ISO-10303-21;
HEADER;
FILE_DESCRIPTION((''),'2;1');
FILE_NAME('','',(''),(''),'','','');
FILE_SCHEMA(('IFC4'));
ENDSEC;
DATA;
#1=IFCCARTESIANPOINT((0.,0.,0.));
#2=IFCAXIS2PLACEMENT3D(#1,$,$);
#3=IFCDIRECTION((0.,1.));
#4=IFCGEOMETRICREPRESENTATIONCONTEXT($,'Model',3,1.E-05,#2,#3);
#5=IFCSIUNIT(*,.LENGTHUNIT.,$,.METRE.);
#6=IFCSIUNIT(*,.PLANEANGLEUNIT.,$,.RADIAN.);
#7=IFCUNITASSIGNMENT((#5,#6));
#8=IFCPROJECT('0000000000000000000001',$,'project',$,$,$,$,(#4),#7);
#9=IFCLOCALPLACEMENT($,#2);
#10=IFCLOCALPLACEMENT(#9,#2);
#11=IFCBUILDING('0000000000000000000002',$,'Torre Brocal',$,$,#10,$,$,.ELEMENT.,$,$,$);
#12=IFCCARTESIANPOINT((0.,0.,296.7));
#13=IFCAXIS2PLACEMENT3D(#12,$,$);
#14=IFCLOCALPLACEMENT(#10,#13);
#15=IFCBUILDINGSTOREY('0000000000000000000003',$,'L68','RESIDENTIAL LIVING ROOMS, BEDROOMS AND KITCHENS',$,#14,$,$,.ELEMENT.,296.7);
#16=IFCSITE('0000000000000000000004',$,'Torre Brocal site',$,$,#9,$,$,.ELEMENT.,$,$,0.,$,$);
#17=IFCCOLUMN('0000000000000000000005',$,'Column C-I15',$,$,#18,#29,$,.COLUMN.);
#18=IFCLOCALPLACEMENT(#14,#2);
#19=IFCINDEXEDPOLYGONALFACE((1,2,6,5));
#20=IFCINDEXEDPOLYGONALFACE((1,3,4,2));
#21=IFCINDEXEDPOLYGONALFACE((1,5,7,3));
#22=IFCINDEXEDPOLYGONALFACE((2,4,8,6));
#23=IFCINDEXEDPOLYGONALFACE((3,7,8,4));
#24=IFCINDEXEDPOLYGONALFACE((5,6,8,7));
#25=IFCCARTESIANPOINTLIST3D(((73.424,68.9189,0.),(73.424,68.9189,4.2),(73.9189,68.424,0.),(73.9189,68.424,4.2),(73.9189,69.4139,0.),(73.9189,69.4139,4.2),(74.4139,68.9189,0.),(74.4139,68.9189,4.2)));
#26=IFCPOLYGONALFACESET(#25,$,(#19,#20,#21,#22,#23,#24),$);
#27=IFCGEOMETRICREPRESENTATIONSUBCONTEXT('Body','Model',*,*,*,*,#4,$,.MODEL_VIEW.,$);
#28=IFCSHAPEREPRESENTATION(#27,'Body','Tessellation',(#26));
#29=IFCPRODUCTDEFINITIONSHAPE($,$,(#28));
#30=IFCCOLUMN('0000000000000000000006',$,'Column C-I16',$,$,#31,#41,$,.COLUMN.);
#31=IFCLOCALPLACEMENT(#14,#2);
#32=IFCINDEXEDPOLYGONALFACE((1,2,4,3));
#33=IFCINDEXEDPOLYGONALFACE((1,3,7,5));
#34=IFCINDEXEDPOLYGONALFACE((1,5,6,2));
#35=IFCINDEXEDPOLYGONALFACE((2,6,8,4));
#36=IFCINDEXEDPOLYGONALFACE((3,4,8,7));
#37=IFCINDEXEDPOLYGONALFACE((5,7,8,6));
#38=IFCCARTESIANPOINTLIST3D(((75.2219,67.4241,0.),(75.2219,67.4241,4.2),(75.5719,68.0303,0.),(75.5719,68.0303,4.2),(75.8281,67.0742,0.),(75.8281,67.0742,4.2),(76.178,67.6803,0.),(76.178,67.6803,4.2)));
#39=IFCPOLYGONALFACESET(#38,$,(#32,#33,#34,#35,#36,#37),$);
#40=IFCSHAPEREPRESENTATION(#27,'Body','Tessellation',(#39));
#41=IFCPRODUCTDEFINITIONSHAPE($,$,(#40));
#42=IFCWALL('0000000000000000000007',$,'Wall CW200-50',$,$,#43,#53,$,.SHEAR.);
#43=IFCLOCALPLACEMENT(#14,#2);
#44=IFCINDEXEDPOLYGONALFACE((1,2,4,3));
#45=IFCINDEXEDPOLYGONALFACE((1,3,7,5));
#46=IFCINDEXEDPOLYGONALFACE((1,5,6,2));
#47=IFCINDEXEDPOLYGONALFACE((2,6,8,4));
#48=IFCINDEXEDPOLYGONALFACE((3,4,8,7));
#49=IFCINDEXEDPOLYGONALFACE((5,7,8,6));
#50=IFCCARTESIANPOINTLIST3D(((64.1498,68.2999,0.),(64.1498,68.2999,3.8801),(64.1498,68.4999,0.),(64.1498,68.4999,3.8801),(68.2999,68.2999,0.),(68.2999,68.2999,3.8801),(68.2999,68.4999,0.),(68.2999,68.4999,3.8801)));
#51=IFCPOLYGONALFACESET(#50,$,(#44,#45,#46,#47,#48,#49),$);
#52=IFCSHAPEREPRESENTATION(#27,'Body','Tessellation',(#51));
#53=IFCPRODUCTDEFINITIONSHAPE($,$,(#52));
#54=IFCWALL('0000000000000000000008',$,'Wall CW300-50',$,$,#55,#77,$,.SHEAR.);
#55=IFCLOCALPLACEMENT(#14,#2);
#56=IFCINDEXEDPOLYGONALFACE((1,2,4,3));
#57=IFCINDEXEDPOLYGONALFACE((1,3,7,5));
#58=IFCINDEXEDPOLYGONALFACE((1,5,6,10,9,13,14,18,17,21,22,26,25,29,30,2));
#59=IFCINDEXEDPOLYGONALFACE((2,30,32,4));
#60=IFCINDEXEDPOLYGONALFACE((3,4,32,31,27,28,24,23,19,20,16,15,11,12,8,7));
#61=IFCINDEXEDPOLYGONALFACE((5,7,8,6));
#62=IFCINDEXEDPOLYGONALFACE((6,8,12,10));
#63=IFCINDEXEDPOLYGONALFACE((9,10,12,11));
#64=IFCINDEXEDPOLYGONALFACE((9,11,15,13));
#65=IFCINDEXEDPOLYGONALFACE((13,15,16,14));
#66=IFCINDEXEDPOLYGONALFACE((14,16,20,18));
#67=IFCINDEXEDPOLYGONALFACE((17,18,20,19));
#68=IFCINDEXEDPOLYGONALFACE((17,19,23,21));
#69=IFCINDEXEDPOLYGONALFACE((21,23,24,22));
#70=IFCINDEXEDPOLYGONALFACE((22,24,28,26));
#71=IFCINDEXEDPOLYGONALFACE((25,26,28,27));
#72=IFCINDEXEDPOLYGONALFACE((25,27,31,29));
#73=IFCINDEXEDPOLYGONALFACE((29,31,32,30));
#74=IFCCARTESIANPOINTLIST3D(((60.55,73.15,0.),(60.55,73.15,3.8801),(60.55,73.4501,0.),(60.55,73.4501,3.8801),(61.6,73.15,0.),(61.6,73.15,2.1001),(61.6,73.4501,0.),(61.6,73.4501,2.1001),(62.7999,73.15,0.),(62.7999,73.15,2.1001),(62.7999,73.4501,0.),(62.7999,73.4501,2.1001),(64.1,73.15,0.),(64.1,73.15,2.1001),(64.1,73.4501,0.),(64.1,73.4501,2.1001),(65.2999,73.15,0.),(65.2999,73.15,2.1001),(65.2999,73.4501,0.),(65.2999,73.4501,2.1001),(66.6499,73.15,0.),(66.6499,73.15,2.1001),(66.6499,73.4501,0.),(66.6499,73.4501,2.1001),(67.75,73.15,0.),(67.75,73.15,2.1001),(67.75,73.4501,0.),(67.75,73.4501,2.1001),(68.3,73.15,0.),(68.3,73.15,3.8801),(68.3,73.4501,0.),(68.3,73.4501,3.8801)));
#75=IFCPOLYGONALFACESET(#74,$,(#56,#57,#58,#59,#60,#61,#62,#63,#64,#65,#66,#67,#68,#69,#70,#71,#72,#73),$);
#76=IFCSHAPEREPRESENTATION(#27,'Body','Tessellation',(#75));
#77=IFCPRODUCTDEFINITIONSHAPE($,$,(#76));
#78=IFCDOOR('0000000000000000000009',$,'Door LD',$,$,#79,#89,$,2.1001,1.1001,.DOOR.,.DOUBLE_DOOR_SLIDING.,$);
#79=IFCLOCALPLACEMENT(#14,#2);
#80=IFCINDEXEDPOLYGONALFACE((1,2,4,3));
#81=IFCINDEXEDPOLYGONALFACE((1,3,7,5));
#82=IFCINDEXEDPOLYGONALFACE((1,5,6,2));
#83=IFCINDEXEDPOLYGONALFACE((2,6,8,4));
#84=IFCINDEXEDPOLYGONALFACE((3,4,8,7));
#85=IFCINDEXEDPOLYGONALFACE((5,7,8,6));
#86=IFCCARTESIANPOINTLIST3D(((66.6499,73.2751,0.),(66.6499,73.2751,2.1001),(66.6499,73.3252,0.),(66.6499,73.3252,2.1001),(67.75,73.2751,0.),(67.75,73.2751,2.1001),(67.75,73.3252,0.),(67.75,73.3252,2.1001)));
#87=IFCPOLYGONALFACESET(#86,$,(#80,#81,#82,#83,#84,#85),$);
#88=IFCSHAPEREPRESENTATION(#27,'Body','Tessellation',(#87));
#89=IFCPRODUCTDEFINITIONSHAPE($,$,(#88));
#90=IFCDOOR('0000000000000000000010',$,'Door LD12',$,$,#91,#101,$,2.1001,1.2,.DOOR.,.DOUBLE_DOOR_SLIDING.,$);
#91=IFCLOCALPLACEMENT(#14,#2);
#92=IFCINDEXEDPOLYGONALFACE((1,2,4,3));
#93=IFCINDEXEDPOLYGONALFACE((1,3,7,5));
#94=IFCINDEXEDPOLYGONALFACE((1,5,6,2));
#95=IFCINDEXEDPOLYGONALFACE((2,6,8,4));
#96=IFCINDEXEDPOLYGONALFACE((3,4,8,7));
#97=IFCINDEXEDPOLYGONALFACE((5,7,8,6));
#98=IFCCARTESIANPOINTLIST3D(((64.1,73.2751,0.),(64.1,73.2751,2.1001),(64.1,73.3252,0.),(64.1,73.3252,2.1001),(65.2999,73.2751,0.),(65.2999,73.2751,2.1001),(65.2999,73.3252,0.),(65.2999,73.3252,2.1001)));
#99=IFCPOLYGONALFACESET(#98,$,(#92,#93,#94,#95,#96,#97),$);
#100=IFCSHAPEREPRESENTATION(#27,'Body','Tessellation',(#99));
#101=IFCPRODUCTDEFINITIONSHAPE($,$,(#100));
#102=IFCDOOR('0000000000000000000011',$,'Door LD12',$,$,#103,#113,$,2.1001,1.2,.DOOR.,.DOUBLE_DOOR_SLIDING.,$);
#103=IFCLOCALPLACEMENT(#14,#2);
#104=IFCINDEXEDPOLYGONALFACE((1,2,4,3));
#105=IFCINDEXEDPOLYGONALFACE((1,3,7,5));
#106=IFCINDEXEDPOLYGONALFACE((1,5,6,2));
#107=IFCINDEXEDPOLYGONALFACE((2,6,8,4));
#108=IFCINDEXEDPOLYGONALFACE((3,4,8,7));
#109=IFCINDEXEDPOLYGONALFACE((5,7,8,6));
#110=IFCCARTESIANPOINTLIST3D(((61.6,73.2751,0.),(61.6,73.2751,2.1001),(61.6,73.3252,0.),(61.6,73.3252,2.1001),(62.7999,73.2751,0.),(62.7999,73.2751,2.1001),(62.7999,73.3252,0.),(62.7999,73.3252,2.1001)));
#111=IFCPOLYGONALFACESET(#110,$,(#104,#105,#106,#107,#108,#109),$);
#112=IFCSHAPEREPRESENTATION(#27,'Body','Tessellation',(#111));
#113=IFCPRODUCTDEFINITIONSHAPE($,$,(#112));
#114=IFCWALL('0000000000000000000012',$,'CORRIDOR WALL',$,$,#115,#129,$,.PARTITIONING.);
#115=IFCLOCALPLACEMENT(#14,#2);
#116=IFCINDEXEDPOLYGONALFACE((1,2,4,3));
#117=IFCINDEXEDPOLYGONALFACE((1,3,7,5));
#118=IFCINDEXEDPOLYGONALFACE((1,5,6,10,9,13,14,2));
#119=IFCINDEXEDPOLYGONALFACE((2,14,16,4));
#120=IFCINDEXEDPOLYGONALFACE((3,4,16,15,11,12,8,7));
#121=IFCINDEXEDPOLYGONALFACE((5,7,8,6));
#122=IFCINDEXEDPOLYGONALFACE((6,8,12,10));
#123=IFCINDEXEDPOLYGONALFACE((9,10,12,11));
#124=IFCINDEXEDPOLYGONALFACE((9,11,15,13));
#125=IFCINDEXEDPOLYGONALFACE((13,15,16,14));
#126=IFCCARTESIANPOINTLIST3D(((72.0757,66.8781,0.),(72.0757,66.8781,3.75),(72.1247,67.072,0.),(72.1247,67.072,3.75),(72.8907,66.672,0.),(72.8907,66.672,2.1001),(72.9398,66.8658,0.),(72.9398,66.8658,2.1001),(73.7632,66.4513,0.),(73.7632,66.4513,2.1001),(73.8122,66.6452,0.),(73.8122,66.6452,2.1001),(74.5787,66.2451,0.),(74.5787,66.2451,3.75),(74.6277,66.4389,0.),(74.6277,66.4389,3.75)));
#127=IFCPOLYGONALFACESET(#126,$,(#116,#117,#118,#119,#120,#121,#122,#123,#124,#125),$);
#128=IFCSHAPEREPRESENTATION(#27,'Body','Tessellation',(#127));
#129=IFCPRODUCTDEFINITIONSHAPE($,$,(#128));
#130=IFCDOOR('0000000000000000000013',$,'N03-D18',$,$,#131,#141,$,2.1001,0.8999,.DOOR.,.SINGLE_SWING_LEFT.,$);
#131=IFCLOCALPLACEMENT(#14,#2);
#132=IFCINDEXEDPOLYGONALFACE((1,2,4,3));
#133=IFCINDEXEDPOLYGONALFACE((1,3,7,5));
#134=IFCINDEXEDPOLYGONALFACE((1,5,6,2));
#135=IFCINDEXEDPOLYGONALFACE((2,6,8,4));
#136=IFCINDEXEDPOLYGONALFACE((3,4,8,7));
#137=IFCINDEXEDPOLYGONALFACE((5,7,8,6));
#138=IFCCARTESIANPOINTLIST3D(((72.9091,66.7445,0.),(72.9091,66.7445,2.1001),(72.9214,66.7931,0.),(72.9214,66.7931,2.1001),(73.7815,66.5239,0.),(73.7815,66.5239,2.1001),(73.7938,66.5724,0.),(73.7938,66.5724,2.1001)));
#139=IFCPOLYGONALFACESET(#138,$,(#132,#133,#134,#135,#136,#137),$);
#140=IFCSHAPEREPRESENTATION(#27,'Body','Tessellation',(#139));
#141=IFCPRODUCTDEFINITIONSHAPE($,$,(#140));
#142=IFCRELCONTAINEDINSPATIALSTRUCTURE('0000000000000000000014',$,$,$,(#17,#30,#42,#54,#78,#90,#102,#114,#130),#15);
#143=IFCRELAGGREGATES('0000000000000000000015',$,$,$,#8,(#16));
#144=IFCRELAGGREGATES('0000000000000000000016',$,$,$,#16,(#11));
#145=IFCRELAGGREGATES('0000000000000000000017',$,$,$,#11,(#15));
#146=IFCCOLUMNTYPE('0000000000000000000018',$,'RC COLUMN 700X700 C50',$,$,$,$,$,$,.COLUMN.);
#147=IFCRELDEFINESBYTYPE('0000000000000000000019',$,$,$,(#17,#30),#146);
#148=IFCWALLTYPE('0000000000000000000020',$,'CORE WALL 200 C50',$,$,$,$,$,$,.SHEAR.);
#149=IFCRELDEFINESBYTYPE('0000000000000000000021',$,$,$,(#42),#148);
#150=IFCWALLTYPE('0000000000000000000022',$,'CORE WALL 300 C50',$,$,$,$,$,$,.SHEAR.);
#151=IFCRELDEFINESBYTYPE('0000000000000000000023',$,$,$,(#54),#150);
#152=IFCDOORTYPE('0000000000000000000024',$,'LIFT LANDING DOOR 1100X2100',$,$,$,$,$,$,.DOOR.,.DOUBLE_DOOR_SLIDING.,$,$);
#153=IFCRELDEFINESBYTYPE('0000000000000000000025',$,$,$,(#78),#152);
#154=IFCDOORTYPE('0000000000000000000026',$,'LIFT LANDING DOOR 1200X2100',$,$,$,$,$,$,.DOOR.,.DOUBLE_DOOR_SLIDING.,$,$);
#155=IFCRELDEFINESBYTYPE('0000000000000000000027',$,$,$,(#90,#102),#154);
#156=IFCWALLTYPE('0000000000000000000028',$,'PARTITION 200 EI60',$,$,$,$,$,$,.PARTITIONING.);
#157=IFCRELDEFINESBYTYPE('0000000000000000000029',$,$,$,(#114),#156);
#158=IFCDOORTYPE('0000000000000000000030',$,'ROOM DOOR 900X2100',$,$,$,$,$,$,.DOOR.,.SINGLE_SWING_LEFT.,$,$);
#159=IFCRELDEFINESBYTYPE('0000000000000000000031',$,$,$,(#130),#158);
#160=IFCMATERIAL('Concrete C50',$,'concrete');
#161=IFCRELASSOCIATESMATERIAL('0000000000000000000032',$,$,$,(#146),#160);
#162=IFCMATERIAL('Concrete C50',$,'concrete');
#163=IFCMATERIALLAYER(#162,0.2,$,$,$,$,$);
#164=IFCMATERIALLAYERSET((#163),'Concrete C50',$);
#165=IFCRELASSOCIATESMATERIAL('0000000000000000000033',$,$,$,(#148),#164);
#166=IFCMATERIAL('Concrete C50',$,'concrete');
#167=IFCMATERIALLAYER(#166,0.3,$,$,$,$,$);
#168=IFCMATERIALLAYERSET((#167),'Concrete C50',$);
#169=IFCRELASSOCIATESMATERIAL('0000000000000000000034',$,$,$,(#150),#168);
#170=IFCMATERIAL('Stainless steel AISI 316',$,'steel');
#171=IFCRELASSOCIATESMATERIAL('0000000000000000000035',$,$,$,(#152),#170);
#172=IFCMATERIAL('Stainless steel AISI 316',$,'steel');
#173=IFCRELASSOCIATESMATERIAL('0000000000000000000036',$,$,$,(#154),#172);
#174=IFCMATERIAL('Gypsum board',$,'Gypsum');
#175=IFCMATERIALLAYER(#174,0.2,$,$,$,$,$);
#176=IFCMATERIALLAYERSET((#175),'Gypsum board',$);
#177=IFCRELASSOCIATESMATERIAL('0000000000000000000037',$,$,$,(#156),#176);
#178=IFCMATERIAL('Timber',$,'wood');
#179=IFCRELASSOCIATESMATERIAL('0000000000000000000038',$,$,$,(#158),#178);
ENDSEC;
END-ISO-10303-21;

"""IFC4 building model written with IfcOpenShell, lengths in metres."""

from ifc_helpers import new_model, si_unit, direction, frame, frame_2d, origin, origin_2d, place, context, subcontext, project, spatial, rectangle, extrude, material, layer, layer_set, material_profile, profile_set, type_object, element, fill, save


model = new_model("IFC4")

# Units and contexts
model_context = context("Model", 3, precision=1e-05, world=origin(), true_north=direction((0.0, 1.0)))
body_context = subcontext(model_context, "Body", "Model", "MODEL_VIEW")
ifc_project = project(units=[si_unit("LENGTHUNIT", "METRE"), si_unit("PLANEANGLEUNIT", "RADIAN")], contexts=[model_context])

# Site, building, storey
site_placement = place(None, origin())
site = spatial("IfcSite", under=ifc_project, at=site_placement, Name="Torre Brocal site", CompositionType="ELEMENT", RefElevation=0.0)
building_placement = place(site_placement, origin())
building = spatial("IfcBuilding", under=site, at=building_placement, Name="Torre Brocal", CompositionType="ELEMENT")
storey_placement = place(building_placement, frame((0.0, 0.0, 296.7)))
storey = spatial("IfcBuildingStorey", under=building, at=storey_placement, Name="L68", Description="RESIDENTIAL LIVING ROOMS, BEDROOMS AND KITCHENS", CompositionType="ELEMENT", Elevation=296.7)

# Columns
ifc_material_1 = material(Name="Concrete C50", Category="concrete")
ifc_material_profile = material_profile(ifc_material_1, rectangle(XDim=0.7, YDim=0.7, at=origin_2d()), Name="RC 700X700")
ifc_profile_set = profile_set([ifc_material_profile], Name="Concrete C50")
column_type = type_object("IfcColumnType", Name="RC COLUMN 700X700 C50", PredefinedType="COLUMN", material=ifc_profile_set)
for number, where, z_axis, x_axis, name in (
    (1, (73.9189, 68.9189, 0.0), (0.0, 0.0, 1.0), (-0.707107, -0.707107, 0.0), "Column C-I15"),
    (2, (75.7, 67.5522, 0.0), (0.0, 0.0, 1.0), (-0.5, -0.866025, 0.0), "Column C-I16"),
):
    element("IfcColumn", number, at=place(storey_placement, frame(where, z_axis=z_axis, x_axis=x_axis)), inside=storey, type_object=column_type, Name=name, PredefinedType="COLUMN", context=body_context, shape_type="SweptSolid", body=[
        extrude(rectangle(XDim=0.7, YDim=0.7, at=origin_2d()), origin(), (0.0, 0.0, 1.0), 4.2),
    ])

# Wall
ifc_material_2 = material(Name="Concrete C50", Category="concrete")
ifc_layer_1 = layer(ifc_material_2, 0.2)
ifc_layer_set_1 = layer_set([ifc_layer_1], Name="Concrete C50")
wall_type_1 = type_object("IfcWallType", Name="CORE WALL 200 C50", PredefinedType="SHEAR", material=ifc_layer_set_1)
wall_1_placement = place(storey_placement, frame((68.3, 68.3999, 0.0), z_axis=(0.0, 0.0, 1.0), x_axis=(-1.0, 0.0, 0.0)))
element("IfcWall", 3, at=wall_1_placement, inside=storey, type_object=wall_type_1, Name="Wall CW200-50", PredefinedType="SHEAR", context=body_context, shape_type="SweptSolid", body=[
    extrude(rectangle(XDim=4.1501, YDim=0.2, at=frame_2d((2.0752, 0.0))), origin(), (0.0, 0.0, 1.0), 3.8801),
])

# Wall, openings, doors
ifc_material_3 = material(Name="Concrete C50", Category="concrete")
ifc_layer_2 = layer(ifc_material_3, 0.3)
ifc_layer_set_2 = layer_set([ifc_layer_2], Name="Concrete C50")
wall_type_2 = type_object("IfcWallType", Name="CORE WALL 300 C50", PredefinedType="SHEAR", material=ifc_layer_set_2)
wall_2_placement = place(storey_placement, frame((68.3, 73.3, 0.0), z_axis=(0.0, 0.0, 1.0), x_axis=(-1.0, 0.0, 0.0)))
wall_2 = element("IfcWall", 4, at=wall_2_placement, inside=storey, type_object=wall_type_2, Name="Wall CW300-50", PredefinedType="SHEAR", context=body_context, shape_type="SweptSolid", body=[
    extrude(rectangle(XDim=7.75, YDim=0.3, at=frame_2d((3.875, 0.0))), origin(), (0.0, 0.0, 1.0), 3.8801),
])
opening_1_placement = place(wall_2_placement, frame((0.55, 0.0, 0.0)))
opening_1 = element("IfcOpeningElement", 5, at=opening_1_placement, cuts=wall_2, PredefinedType="OPENING", context=body_context, shape_type="SweptSolid", body=[
    extrude(rectangle(XDim=1.1001, YDim=2.1001, at=frame_2d((0.55, 1.05))), frame((0.0, 0.1599, 0.0), z_axis=(0.0, -1.0, 0.0), x_axis=(1.0, 0.0, 0.0)), (0.0, 0.0, 1.0), 0.3201),
])
opening_2_placement = place(wall_2_placement, frame((3.0, 0.0, 0.0)))
opening_2 = element("IfcOpeningElement", 6, at=opening_2_placement, cuts=wall_2, PredefinedType="OPENING", context=body_context, shape_type="SweptSolid", body=[
    extrude(rectangle(XDim=1.2, YDim=2.1001, at=frame_2d((0.6001, 1.05))), frame((0.0, 0.1599, 0.0), z_axis=(0.0, -1.0, 0.0), x_axis=(1.0, 0.0, 0.0)), (0.0, 0.0, 1.0), 0.3201),
])
opening_3_placement = place(wall_2_placement, frame((5.5, 0.0, 0.0)))
opening_3 = element("IfcOpeningElement", 7, at=opening_3_placement, cuts=wall_2, PredefinedType="OPENING", context=body_context, shape_type="SweptSolid", body=[
    extrude(rectangle(XDim=1.2, YDim=2.1001, at=frame_2d((0.6001, 1.05))), frame((0.0, 0.1599, 0.0), z_axis=(0.0, -1.0, 0.0), x_axis=(1.0, 0.0, 0.0)), (0.0, 0.0, 1.0), 0.3201),
])
ifc_material_4 = material(Name="Stainless steel AISI 316", Category="steel")
door_type_1 = type_object("IfcDoorType", Name="LIFT LANDING DOOR 1100X2100", OperationType="DOUBLE_DOOR_SLIDING", PredefinedType="DOOR", material=ifc_material_4)
door_1_placement = place(opening_1_placement, origin())
door_1 = element("IfcDoor", 8, at=door_1_placement, inside=storey, type_object=door_type_1, Name="Door LD", OperationType="DOUBLE_DOOR_SLIDING", OverallHeight=2.1001, OverallWidth=1.1001, PredefinedType="DOOR", context=body_context, shape_type="SweptSolid", body=[
    extrude(rectangle(XDim=1.1001, YDim=2.1001, at=frame_2d((0.55, 1.05))), frame((0.0, 0.0249, 0.0), z_axis=(0.0, -1.0, 0.0), x_axis=(1.0, 0.0, 0.0)), (0.0, 0.0, 1.0), 0.05),
])
fill(opening_1, door_1)
ifc_material_5 = material(Name="Stainless steel AISI 316", Category="steel")
door_type_2 = type_object("IfcDoorType", Name="LIFT LANDING DOOR 1200X2100", OperationType="DOUBLE_DOOR_SLIDING", PredefinedType="DOOR", material=ifc_material_5)
door_2_placement = place(opening_2_placement, origin())
door_2 = element("IfcDoor", 9, at=door_2_placement, inside=storey, type_object=door_type_2, Name="Door LD12", OperationType="DOUBLE_DOOR_SLIDING", OverallHeight=2.1001, OverallWidth=1.2, PredefinedType="DOOR", context=body_context, shape_type="SweptSolid", body=[
    extrude(rectangle(XDim=1.2, YDim=2.1001, at=frame_2d((0.6001, 1.05))), frame((0.0, 0.0249, 0.0), z_axis=(0.0, -1.0, 0.0), x_axis=(1.0, 0.0, 0.0)), (0.0, 0.0, 1.0), 0.05),
])
fill(opening_2, door_2)
door_3_placement = place(opening_3_placement, origin())
door_3 = element("IfcDoor", 10, at=door_3_placement, inside=storey, type_object=door_type_2, Name="Door LD12", OperationType="DOUBLE_DOOR_SLIDING", OverallHeight=2.1001, OverallWidth=1.2, PredefinedType="DOOR", context=body_context, shape_type="SweptSolid", body=[
    extrude(rectangle(XDim=1.2, YDim=2.1001, at=frame_2d((0.6001, 1.05))), frame((0.0, 0.0249, 0.0), z_axis=(0.0, -1.0, 0.0), x_axis=(1.0, 0.0, 0.0)), (0.0, 0.0, 1.0), 0.05),
])
fill(opening_3, door_3)

# Wall, opening, door
ifc_material_6 = material(Name="Gypsum board", Category="Gypsum")
ifc_layer_3 = layer(ifc_material_6, 0.2)
ifc_layer_set_3 = layer_set([ifc_layer_3], Name="Gypsum board")
wall_type_3 = type_object("IfcWallType", Name="PARTITION 200 EI60", PredefinedType="PARTITIONING", material=ifc_layer_set_3)
wall_3_placement = place(storey_placement, frame((72.1001, 66.9751, 0.0), z_axis=(0.0, 0.0, 1.0), x_axis=(0.969471, -0.245205, 0.0)))
wall_3 = element("IfcWall", 11, at=wall_3_placement, inside=storey, type_object=wall_type_3, Name="CORRIDOR WALL", PredefinedType="PARTITIONING", context=body_context, shape_type="SweptSolid", body=[
    extrude(rectangle(XDim=2.5818, YDim=0.2, at=frame_2d((1.291, 0.0))), origin(), (0.0, 0.0, 1.0), 3.75),
])
opening_4_placement = place(wall_3_placement, frame((0.8408, 0.0, 0.0)))
opening_4 = element("IfcOpeningElement", 12, at=opening_4_placement, cuts=wall_3, PredefinedType="OPENING", context=body_context, shape_type="SweptSolid", body=[
    extrude(rectangle(XDim=0.8999, YDim=2.1001, at=frame_2d((0.45, 1.05))), frame((0.0, 0.1099, 0.0), z_axis=(0.0, -1.0, 0.0), x_axis=(1.0, 0.0, 0.0)), (0.0, 0.0, 1.0), 0.22),
])
ifc_material_7 = material(Name="Timber", Category="wood")
door_type_3 = type_object("IfcDoorType", Name="ROOM DOOR 900X2100", OperationType="SINGLE_SWING_LEFT", PredefinedType="DOOR", material=ifc_material_7)
door_4_placement = place(opening_4_placement, origin())
door_4 = element("IfcDoor", 13, at=door_4_placement, inside=storey, type_object=door_type_3, Name="N03-D18", OperationType="SINGLE_SWING_LEFT", OverallHeight=2.1001, OverallWidth=0.8999, PredefinedType="DOOR", context=body_context, shape_type="SweptSolid", body=[
    extrude(rectangle(XDim=0.8999, YDim=2.1001, at=frame_2d((0.45, 1.05))), frame((0.0, 0.0249, 0.0), z_axis=(0.0, -1.0, 0.0), x_axis=(1.0, 0.0, 0.0)), (0.0, 0.0, 1.0), 0.05),
])
fill(opening_4, door_4)

save(model, "model.ifc")
